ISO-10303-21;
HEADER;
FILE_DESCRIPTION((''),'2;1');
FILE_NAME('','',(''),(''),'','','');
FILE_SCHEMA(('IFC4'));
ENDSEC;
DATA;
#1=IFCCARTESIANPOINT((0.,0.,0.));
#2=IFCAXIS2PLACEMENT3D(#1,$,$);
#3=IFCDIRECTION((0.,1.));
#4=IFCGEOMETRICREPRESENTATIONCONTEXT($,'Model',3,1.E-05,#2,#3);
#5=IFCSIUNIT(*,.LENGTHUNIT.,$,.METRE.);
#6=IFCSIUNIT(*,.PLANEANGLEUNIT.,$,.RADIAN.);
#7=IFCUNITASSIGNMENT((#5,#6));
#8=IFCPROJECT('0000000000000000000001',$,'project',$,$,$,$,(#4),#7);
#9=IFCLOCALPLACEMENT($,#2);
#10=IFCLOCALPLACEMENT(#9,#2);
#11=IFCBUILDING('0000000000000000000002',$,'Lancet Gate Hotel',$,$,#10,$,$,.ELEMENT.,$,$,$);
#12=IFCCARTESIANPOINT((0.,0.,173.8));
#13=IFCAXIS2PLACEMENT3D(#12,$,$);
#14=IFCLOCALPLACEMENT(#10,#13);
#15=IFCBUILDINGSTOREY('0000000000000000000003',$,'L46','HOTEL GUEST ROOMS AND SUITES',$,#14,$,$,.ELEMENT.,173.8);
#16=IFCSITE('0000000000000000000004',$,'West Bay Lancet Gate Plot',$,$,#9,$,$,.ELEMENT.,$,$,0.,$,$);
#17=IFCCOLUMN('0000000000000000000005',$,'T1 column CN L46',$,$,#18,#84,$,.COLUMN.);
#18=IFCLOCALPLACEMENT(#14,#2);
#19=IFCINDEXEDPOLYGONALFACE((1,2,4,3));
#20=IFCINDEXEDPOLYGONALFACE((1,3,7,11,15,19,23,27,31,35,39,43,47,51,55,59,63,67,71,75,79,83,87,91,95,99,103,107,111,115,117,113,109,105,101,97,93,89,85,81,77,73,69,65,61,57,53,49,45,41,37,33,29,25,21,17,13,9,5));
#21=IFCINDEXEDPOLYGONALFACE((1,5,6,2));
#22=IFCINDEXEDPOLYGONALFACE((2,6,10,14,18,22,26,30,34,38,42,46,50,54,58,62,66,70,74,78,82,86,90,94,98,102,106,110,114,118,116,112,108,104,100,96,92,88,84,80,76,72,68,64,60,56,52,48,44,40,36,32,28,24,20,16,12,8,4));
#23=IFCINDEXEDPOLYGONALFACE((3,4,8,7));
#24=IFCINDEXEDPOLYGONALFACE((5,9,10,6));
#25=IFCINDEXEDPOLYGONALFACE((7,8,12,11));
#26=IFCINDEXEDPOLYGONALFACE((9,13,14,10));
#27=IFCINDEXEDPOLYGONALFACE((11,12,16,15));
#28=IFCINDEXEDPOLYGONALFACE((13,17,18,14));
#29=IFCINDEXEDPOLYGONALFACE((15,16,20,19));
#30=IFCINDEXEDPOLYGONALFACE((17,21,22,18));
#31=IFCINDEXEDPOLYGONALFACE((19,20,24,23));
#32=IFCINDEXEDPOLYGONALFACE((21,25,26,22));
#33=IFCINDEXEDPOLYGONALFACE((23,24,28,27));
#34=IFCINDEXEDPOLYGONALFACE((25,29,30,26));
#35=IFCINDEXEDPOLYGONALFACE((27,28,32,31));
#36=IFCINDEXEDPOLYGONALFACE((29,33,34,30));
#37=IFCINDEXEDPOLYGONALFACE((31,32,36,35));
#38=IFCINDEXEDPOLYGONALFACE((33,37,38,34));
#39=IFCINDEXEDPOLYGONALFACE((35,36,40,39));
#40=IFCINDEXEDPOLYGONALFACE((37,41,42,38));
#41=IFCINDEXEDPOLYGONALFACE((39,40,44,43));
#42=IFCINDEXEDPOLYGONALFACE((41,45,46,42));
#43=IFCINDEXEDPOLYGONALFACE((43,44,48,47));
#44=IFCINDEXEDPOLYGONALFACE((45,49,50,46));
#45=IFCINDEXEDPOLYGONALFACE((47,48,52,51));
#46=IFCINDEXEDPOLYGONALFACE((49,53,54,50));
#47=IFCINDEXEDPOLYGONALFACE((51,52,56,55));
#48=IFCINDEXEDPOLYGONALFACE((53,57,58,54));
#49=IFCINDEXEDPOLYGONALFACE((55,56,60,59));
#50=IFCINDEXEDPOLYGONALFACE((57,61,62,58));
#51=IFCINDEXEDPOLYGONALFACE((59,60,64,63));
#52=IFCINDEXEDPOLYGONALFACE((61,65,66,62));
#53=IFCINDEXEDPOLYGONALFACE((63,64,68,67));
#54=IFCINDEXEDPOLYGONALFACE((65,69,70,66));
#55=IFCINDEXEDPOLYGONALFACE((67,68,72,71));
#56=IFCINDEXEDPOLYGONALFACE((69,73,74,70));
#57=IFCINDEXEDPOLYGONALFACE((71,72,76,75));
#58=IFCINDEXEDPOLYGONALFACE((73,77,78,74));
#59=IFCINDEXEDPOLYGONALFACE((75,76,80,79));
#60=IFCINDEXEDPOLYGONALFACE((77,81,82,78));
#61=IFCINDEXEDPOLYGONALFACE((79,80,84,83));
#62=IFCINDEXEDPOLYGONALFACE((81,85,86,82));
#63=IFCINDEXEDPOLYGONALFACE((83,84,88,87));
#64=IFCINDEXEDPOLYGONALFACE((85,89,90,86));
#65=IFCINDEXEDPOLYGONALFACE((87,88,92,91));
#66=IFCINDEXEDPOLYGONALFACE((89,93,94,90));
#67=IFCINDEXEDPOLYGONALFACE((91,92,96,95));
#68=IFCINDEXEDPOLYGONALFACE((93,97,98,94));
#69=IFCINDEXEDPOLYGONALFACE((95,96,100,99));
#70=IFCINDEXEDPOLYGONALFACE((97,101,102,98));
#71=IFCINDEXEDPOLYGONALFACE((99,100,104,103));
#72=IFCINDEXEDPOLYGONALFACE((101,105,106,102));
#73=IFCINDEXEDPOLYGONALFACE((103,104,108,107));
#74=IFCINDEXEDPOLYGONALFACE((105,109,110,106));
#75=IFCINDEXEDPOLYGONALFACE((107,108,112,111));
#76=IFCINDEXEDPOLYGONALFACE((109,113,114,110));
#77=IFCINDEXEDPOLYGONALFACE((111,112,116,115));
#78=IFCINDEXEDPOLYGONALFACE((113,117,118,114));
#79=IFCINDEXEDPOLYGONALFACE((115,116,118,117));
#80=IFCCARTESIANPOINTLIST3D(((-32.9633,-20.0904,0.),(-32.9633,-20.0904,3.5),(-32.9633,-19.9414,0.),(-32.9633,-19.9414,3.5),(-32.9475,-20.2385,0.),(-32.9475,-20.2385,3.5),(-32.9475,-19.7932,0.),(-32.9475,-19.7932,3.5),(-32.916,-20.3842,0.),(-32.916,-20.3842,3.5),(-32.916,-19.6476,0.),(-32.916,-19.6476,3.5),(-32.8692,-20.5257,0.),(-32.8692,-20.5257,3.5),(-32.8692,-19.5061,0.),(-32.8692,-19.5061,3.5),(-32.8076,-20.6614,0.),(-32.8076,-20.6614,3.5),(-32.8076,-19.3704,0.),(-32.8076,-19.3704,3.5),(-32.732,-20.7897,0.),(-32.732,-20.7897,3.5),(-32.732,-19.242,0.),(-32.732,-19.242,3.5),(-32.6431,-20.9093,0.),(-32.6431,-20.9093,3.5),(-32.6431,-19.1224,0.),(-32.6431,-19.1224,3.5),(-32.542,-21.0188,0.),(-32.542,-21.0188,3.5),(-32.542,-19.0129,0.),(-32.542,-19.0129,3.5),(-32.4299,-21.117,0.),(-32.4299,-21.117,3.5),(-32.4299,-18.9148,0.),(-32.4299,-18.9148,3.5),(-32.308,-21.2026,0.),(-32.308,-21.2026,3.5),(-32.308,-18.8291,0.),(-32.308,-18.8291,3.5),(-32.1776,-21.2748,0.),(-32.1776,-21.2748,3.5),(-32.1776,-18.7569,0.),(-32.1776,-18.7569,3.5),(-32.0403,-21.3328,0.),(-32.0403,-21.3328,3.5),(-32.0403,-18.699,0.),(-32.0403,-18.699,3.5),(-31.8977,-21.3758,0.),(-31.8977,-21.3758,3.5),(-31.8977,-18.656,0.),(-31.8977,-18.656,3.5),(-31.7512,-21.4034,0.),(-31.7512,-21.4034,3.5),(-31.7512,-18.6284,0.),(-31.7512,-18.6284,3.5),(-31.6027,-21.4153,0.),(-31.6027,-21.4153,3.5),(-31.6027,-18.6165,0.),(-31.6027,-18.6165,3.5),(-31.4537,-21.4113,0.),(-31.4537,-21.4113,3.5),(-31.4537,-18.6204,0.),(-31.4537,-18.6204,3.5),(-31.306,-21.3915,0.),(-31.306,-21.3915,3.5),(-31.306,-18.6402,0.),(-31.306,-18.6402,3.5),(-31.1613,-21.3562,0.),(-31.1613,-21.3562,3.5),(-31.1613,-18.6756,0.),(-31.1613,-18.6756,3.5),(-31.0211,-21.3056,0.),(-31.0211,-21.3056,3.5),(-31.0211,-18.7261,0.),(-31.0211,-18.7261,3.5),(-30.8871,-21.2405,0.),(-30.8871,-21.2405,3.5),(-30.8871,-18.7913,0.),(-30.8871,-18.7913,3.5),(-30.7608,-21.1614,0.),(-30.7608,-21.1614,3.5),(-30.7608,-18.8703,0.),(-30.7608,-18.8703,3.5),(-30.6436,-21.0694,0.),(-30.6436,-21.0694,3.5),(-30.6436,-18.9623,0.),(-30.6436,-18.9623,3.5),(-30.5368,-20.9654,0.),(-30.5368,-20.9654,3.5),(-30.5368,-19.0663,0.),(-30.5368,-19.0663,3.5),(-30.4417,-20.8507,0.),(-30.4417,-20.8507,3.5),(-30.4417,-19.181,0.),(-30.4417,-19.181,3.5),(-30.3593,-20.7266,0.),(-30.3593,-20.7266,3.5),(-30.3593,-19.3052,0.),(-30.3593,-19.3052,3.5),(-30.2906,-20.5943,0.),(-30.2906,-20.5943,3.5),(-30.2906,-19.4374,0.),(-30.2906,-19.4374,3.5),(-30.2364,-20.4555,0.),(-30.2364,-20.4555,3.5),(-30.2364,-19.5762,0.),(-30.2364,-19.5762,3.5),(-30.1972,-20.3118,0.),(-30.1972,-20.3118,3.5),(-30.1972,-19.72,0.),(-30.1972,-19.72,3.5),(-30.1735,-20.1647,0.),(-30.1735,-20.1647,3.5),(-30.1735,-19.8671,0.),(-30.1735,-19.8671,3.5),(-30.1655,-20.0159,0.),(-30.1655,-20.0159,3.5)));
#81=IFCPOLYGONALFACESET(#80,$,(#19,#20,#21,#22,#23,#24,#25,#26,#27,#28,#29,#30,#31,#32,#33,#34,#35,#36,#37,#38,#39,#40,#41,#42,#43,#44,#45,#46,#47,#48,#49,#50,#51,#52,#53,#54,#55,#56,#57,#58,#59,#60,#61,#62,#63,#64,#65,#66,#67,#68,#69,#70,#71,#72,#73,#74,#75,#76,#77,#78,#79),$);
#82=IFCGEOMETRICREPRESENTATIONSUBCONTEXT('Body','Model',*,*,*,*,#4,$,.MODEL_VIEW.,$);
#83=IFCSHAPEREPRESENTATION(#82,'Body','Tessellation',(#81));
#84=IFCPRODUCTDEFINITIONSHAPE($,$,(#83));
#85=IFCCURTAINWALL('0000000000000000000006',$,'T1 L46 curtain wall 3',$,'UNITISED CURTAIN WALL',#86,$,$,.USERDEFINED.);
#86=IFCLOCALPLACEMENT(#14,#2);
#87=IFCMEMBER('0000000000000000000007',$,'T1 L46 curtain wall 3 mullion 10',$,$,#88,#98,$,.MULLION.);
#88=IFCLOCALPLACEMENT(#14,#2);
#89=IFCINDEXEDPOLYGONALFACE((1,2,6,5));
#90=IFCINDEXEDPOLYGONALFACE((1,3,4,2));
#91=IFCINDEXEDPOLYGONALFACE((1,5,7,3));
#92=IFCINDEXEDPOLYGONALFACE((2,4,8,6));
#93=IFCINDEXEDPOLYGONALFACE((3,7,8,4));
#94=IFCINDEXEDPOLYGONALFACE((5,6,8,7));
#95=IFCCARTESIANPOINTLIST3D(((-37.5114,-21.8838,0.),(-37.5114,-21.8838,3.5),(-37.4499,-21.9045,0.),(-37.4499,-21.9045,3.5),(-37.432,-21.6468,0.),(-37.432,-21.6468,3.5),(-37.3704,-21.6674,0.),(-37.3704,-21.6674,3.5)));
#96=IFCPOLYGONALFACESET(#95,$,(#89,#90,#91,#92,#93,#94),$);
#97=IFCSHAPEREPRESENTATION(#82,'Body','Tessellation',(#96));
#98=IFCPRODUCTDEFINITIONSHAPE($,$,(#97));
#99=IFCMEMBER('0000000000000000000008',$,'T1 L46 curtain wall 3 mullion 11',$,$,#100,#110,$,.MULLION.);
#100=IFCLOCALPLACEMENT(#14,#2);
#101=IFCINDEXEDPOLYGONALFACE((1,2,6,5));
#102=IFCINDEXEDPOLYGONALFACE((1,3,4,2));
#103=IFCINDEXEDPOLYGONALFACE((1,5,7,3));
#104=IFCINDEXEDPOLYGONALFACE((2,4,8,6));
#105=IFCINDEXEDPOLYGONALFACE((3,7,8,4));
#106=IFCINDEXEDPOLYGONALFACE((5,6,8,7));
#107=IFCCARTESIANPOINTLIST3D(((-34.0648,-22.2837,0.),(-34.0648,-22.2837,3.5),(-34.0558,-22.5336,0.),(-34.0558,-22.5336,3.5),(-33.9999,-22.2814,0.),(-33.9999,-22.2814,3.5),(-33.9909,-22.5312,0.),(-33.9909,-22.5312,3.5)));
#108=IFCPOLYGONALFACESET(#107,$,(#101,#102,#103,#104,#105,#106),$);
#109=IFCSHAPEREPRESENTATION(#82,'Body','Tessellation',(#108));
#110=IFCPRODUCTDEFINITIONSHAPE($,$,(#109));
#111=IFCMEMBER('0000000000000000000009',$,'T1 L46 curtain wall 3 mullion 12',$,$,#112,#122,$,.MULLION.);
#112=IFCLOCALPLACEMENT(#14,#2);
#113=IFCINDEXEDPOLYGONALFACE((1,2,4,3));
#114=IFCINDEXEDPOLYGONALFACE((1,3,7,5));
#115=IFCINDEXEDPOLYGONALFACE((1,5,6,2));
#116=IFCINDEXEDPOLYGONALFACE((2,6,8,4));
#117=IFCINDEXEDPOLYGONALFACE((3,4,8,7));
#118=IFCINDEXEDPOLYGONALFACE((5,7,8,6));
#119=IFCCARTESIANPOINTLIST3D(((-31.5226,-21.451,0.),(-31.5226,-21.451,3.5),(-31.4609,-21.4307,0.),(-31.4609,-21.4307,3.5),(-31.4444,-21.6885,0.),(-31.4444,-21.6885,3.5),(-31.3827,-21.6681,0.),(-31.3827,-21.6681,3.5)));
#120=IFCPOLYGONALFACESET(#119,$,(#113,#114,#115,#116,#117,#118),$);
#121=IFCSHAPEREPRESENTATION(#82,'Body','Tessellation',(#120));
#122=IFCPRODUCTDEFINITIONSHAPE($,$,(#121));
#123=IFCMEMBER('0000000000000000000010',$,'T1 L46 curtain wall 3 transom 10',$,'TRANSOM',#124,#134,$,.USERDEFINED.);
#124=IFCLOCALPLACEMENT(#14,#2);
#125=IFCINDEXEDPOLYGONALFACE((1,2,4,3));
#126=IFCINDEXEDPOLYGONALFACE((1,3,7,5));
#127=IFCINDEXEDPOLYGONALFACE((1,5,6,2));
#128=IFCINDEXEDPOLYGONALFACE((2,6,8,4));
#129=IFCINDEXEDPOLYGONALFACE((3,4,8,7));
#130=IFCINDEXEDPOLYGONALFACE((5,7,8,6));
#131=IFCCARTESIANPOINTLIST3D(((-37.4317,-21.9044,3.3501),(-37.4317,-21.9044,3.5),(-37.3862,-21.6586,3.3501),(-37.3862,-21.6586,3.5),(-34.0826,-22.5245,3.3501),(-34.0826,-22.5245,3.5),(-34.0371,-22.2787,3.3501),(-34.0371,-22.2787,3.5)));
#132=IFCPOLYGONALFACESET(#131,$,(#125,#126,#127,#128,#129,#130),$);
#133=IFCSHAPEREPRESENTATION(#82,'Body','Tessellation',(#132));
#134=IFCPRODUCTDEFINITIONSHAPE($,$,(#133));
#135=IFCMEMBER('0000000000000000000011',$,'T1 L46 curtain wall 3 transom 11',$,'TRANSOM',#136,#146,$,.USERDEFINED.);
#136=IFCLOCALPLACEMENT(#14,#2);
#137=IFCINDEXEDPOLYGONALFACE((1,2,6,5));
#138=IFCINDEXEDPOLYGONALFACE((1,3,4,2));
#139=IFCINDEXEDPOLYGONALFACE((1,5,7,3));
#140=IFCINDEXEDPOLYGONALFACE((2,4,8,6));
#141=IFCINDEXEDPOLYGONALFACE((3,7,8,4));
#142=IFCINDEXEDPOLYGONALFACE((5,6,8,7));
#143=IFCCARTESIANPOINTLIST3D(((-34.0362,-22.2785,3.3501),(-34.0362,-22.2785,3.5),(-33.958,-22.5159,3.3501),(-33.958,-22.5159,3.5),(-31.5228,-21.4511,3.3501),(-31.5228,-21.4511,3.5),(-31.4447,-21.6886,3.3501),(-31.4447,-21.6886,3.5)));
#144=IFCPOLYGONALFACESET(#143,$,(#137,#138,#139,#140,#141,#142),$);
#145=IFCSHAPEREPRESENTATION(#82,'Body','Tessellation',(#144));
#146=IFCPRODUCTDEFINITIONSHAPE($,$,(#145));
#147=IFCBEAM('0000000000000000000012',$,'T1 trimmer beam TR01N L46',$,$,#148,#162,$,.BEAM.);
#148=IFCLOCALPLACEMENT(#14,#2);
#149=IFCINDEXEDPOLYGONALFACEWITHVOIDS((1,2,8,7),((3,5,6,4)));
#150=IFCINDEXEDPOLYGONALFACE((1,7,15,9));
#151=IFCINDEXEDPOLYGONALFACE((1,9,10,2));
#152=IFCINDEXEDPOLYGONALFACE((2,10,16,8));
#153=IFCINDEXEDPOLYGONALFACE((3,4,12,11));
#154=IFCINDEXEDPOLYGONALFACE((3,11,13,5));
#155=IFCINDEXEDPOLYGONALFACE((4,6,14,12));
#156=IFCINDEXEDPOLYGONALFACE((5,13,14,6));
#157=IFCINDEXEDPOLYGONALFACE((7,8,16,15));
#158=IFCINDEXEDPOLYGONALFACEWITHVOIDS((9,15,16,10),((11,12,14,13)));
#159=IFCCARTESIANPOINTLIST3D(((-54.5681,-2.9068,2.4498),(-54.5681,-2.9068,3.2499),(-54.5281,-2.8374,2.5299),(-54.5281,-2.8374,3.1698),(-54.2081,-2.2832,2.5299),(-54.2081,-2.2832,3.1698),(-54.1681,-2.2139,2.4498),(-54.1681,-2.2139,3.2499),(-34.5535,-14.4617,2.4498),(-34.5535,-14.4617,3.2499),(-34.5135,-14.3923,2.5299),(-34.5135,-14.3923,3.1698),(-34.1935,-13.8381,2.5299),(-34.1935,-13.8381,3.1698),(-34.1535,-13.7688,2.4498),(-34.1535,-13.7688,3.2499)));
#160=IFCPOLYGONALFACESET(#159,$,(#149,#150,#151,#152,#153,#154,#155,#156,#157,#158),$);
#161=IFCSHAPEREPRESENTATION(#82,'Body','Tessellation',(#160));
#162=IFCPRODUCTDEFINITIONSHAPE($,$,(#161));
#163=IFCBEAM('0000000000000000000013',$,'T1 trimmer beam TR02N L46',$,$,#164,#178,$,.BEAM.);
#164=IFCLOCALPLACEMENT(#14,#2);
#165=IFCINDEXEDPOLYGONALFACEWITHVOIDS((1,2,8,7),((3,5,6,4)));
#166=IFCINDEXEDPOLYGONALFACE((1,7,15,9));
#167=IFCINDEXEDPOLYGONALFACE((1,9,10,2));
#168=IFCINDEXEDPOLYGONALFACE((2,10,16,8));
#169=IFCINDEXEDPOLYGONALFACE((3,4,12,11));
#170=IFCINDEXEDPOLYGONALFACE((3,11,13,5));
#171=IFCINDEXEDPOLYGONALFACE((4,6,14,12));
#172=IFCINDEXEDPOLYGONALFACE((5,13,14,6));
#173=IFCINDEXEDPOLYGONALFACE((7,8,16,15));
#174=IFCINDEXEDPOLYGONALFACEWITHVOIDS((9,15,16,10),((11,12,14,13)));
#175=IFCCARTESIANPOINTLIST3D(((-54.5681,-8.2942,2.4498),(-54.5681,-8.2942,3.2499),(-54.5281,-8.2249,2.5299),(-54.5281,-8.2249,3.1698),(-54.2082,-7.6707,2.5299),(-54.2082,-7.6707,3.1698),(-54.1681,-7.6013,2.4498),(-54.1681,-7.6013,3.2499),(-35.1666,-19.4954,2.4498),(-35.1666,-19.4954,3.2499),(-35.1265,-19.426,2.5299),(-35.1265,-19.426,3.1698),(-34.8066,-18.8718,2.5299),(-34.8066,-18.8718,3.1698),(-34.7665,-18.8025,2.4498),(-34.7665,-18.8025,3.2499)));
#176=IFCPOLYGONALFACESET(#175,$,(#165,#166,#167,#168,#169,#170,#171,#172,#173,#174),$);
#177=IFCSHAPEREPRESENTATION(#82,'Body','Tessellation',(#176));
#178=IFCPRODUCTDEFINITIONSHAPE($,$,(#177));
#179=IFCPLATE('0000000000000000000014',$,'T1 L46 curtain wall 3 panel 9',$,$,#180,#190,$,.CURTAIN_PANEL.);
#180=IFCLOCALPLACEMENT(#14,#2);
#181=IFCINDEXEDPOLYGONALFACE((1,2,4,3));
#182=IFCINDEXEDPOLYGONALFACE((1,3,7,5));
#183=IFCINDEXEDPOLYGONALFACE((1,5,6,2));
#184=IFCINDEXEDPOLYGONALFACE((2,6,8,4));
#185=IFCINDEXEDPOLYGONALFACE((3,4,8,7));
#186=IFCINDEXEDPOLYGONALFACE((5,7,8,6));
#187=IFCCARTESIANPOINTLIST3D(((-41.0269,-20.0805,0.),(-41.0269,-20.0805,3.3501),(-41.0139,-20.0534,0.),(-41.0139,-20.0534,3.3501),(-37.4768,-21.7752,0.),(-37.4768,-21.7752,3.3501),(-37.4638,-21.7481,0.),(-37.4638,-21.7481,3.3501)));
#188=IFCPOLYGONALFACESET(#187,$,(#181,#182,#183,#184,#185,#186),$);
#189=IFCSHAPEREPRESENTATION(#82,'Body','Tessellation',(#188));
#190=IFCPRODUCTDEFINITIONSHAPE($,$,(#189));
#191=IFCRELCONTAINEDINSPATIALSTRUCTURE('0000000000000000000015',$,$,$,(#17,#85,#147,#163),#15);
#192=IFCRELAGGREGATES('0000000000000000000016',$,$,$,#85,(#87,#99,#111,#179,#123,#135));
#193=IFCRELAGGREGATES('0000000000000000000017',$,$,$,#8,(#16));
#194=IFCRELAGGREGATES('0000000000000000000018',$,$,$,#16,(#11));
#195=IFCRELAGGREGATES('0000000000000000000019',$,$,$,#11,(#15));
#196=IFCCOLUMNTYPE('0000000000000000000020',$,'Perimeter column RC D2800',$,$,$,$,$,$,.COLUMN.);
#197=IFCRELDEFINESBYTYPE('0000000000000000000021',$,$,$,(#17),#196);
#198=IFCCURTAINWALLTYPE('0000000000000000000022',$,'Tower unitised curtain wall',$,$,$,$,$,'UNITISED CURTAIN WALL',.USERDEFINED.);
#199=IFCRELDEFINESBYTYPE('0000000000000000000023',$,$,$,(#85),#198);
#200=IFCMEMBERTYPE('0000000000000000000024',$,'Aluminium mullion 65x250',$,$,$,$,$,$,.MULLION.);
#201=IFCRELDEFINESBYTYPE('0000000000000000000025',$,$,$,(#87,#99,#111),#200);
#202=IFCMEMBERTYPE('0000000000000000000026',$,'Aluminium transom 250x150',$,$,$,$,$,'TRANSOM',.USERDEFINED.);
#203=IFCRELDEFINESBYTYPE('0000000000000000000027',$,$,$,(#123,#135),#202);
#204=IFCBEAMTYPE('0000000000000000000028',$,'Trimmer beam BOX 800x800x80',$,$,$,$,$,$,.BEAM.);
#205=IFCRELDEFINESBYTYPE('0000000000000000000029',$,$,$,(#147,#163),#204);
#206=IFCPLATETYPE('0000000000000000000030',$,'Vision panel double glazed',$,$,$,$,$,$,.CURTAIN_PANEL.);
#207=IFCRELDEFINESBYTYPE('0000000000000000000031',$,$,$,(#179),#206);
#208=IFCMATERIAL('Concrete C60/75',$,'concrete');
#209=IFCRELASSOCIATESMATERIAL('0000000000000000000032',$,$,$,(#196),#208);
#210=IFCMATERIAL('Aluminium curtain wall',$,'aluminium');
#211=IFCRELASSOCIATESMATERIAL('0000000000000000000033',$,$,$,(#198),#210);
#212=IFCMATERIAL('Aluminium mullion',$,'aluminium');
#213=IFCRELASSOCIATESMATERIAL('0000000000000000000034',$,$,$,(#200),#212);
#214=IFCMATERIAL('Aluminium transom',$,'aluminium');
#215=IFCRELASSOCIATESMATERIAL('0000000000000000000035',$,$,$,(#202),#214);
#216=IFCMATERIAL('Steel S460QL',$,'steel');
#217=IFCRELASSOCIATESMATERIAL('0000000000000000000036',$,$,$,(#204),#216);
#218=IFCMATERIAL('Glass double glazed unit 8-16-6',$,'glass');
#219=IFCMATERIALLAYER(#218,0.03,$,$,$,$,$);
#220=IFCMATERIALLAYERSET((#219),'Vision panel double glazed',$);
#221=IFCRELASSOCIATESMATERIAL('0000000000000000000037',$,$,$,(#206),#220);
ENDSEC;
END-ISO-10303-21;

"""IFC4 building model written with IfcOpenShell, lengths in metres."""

from ifc_helpers import new_model, si_unit, direction, frame, origin, origin_2d, place, context, subcontext, project, spatial, rectangle, hollow_rectangle, circle, extrude, material, layer, layer_set, material_profile, profile_set, type_object, element, aggregate, save


model = new_model("IFC4")

# Units and contexts
model_context = context("Model", 3, precision=1e-05, world=origin(), true_north=direction((0.0, 1.0)))
body_context = subcontext(model_context, "Body", "Model", "MODEL_VIEW")
ifc_project = project(units=[si_unit("LENGTHUNIT", "METRE"), si_unit("PLANEANGLEUNIT", "RADIAN")], contexts=[model_context])

# Site, building, storey
site_placement = place(None, origin())
site = spatial("IfcSite", under=ifc_project, at=site_placement, Name="West Bay Lancet Gate Plot", CompositionType="ELEMENT", RefElevation=0.0)
building_placement = place(site_placement, origin())
building = spatial("IfcBuilding", under=site, at=building_placement, Name="Lancet Gate Hotel", CompositionType="ELEMENT")
storey_placement = place(building_placement, frame((0.0, 0.0, 173.8)))
storey = spatial("IfcBuildingStorey", under=building, at=storey_placement, Name="L46", Description="HOTEL GUEST ROOMS AND SUITES", CompositionType="ELEMENT", Elevation=173.8)

# Column
ifc_material_1 = material(Name="Concrete C60/75", Category="concrete")
ifc_material_profile_1 = material_profile(ifc_material_1, circle(Radius=1.3999, at=origin_2d()), Name="RC D2800")
ifc_profile_set_1 = profile_set([ifc_material_profile_1], Name="Concrete C60/75")
column_type = type_object("IfcColumnType", Name="Perimeter column RC D2800", PredefinedType="COLUMN", material=ifc_profile_set_1)
column_placement = place(storey_placement, frame((-31.5654, -20.0159, 0.0), z_axis=(0.0, 0.0, 1.0), x_axis=(1.0, 0.0, 0.0)))
element("IfcColumn", 1, at=column_placement, inside=storey, type_object=column_type, Name="T1 column CN L46", PredefinedType="COLUMN", context=body_context, shape_type="SweptSolid", body=[
    extrude(circle(Radius=1.3999, at=origin_2d()), origin(), (0.0, 0.0, 1.0), 3.5),
])

# Curtain wall, members
ifc_material_2 = material(Name="Aluminium curtain wall", Category="aluminium")
curtain_wall_type = type_object("IfcCurtainWallType", Name="Tower unitised curtain wall", ElementType="UNITISED CURTAIN WALL", PredefinedType="USERDEFINED", material=ifc_material_2)
curtain_wall_placement = place(storey_placement, origin())
curtain_wall = element("IfcCurtainWall", 2, at=curtain_wall_placement, inside=storey, type_object=curtain_wall_type, Name="T1 L46 curtain wall 3", ObjectType="UNITISED CURTAIN WALL", PredefinedType="USERDEFINED")
ifc_material_3 = material(Name="Aluminium mullion", Category="aluminium")
ifc_material_profile_2 = material_profile(ifc_material_3, rectangle(XDim=0.0649, YDim=0.25, at=origin_2d()), Name="MULLION 65x250")
ifc_profile_set_2 = profile_set([ifc_material_profile_2], Name="Aluminium mullion")
member_type_1 = type_object("IfcMemberType", Name="Aluminium mullion 65x250", PredefinedType="MULLION", material=ifc_profile_set_2)
member_1_placement = place(storey_placement, frame((-37.4409, -21.7756, 0.0), z_axis=(0.0, 0.0, 1.0), x_axis=(0.948119, -0.317915, 0.0)))
member_1 = element("IfcMember", 3, at=member_1_placement, type_object=member_type_1, Name="T1 L46 curtain wall 3 mullion 10", PredefinedType="MULLION", context=body_context, shape_type="SweptSolid", body=[
    extrude(rectangle(XDim=0.0649, YDim=0.25, at=origin_2d()), origin(), (0.0, 0.0, 1.0), 3.5),
])
member_2_placement = place(storey_placement, frame((-34.0278, -22.4075, 0.0), z_axis=(0.0, 0.0, 1.0), x_axis=(0.99935, 0.036037, 0.0)))
member_2 = element("IfcMember", 4, at=member_2_placement, type_object=member_type_1, Name="T1 L46 curtain wall 3 mullion 11", PredefinedType="MULLION", context=body_context, shape_type="SweptSolid", body=[
    extrude(rectangle(XDim=0.0649, YDim=0.25, at=origin_2d()), origin(), (0.0, 0.0, 1.0), 3.5),
])
member_3_placement = place(storey_placement, frame((-31.4526, -21.5596, 0.0), z_axis=(0.0, 0.0, 1.0), x_axis=(0.949848, 0.312712, 0.0)))
member_3 = element("IfcMember", 5, at=member_3_placement, type_object=member_type_1, Name="T1 L46 curtain wall 3 mullion 12", PredefinedType="MULLION", context=body_context, shape_type="SweptSolid", body=[
    extrude(rectangle(XDim=0.0649, YDim=0.25, at=origin_2d()), origin(), (0.0, 0.0, 1.0), 3.5),
])
ifc_material_4 = material(Name="Aluminium transom", Category="aluminium")
ifc_material_profile_3 = material_profile(ifc_material_4, rectangle(XDim=0.25, YDim=0.1499, at=origin_2d()), Name="TRANSOM 250x150")
ifc_profile_set_3 = profile_set([ifc_material_profile_3], Name="Aluminium transom")
member_type_2 = type_object("IfcMemberType", Name="Aluminium transom 250x150", ElementType="TRANSOM", PredefinedType="USERDEFINED", material=ifc_profile_set_3)
member_4_placement = place(storey_placement, frame((-37.4089, -21.7815, 3.425), z_axis=(0.983287, -0.182064, 0.0), x_axis=(0.182064, 0.983287, 0.0)))
member_4 = element("IfcMember", 6, at=member_4_placement, type_object=member_type_2, Name="T1 L46 curtain wall 3 transom 10", ObjectType="TRANSOM", PredefinedType="USERDEFINED", context=body_context, shape_type="SweptSolid", body=[
    extrude(rectangle(XDim=0.25, YDim=0.1499, at=origin_2d()), origin(), (0.0, 0.0, 1.0), 3.406),
])
member_5_placement = place(storey_placement, frame((-33.9971, -22.3972, 3.425), z_axis=(0.949858, 0.312683, 0.0), x_axis=(-0.312683, 0.949858, 0.0)))
member_5 = element("IfcMember", 7, at=member_5_placement, type_object=member_type_2, Name="T1 L46 curtain wall 3 transom 11", ObjectType="TRANSOM", PredefinedType="USERDEFINED", context=body_context, shape_type="SweptSolid", body=[
    extrude(rectangle(XDim=0.25, YDim=0.1499, at=origin_2d()), origin(), (0.0, 0.0, 1.0), 2.646),
])

# Beams
ifc_material_5 = material(Name="Steel S460QL", Category="steel")
ifc_material_profile_4 = material_profile(ifc_material_5, hollow_rectangle(XDim=0.8, YDim=0.8, WallThickness=0.0801, at=origin_2d()), Name="BOX 800x800x80")
ifc_profile_set_4 = profile_set([ifc_material_profile_4], Name="Steel S460QL")
beam_type = type_object("IfcBeamType", Name="Trimmer beam BOX 800x800x80", PredefinedType="BEAM", material=ifc_profile_set_4)
beam_1_placement = place(storey_placement, frame((-34.3535, -14.1152, 2.8499), z_axis=(-0.866035, 0.499983, 0.0), x_axis=(-0.499983, -0.866035, 0.0)))
element("IfcBeam", 8, at=beam_1_placement, inside=storey, type_object=beam_type, Name="T1 trimmer beam TR01N L46", PredefinedType="BEAM", context=body_context, shape_type="SweptSolid", body=[
    extrude(hollow_rectangle(XDim=0.8, YDim=0.8, WallThickness=0.0801, at=origin_2d()), origin(), (0.0, 0.0, 1.0), 23.1106),
])
beam_2_placement = place(storey_placement, frame((-34.9666, -19.1489, 2.8499), z_axis=(-0.866032, 0.499988, 0.0), x_axis=(-0.499988, -0.866032, 0.0)))
element("IfcBeam", 9, at=beam_2_placement, inside=storey, type_object=beam_type, Name="T1 trimmer beam TR02N L46", PredefinedType="BEAM", context=body_context, shape_type="SweptSolid", body=[
    extrude(hollow_rectangle(XDim=0.8, YDim=0.8, WallThickness=0.0801, at=origin_2d()), origin(), (0.0, 0.0, 1.0), 22.4028),
])

# Plate
ifc_material_6 = material(Name="Glass double glazed unit 8-16-6", Category="glass")
ifc_layer_1 = layer(ifc_material_6, 0.03)
ifc_layer_set_1 = layer_set([ifc_layer_1], Name="Vision panel double glazed")
plate_type = type_object("IfcPlateType", Name="Vision panel double glazed", PredefinedType="CURTAIN_PANEL", material=ifc_layer_set_1)
plate_1_placement = place(storey_placement, frame((-39.2454, -20.9143, 0.0), z_axis=(0.0, 0.0, 1.0), x_axis=(0.902454, -0.430787, 0.0)))
plate_1 = element("IfcPlate", 10, at=plate_1_placement, type_object=plate_type, Name="T1 L46 curtain wall 3 panel 9", PredefinedType="CURTAIN_PANEL", context=body_context, shape_type="SweptSolid", body=[
    extrude(rectangle(XDim=3.9338, YDim=0.03, at=origin_2d()), origin(), (0.0, 0.0, 1.0), 3.3501),
])
aggregate(curtain_wall, [member_1, member_2, member_3, plate_1, member_4, member_5])

save(model, "model.ifc")
